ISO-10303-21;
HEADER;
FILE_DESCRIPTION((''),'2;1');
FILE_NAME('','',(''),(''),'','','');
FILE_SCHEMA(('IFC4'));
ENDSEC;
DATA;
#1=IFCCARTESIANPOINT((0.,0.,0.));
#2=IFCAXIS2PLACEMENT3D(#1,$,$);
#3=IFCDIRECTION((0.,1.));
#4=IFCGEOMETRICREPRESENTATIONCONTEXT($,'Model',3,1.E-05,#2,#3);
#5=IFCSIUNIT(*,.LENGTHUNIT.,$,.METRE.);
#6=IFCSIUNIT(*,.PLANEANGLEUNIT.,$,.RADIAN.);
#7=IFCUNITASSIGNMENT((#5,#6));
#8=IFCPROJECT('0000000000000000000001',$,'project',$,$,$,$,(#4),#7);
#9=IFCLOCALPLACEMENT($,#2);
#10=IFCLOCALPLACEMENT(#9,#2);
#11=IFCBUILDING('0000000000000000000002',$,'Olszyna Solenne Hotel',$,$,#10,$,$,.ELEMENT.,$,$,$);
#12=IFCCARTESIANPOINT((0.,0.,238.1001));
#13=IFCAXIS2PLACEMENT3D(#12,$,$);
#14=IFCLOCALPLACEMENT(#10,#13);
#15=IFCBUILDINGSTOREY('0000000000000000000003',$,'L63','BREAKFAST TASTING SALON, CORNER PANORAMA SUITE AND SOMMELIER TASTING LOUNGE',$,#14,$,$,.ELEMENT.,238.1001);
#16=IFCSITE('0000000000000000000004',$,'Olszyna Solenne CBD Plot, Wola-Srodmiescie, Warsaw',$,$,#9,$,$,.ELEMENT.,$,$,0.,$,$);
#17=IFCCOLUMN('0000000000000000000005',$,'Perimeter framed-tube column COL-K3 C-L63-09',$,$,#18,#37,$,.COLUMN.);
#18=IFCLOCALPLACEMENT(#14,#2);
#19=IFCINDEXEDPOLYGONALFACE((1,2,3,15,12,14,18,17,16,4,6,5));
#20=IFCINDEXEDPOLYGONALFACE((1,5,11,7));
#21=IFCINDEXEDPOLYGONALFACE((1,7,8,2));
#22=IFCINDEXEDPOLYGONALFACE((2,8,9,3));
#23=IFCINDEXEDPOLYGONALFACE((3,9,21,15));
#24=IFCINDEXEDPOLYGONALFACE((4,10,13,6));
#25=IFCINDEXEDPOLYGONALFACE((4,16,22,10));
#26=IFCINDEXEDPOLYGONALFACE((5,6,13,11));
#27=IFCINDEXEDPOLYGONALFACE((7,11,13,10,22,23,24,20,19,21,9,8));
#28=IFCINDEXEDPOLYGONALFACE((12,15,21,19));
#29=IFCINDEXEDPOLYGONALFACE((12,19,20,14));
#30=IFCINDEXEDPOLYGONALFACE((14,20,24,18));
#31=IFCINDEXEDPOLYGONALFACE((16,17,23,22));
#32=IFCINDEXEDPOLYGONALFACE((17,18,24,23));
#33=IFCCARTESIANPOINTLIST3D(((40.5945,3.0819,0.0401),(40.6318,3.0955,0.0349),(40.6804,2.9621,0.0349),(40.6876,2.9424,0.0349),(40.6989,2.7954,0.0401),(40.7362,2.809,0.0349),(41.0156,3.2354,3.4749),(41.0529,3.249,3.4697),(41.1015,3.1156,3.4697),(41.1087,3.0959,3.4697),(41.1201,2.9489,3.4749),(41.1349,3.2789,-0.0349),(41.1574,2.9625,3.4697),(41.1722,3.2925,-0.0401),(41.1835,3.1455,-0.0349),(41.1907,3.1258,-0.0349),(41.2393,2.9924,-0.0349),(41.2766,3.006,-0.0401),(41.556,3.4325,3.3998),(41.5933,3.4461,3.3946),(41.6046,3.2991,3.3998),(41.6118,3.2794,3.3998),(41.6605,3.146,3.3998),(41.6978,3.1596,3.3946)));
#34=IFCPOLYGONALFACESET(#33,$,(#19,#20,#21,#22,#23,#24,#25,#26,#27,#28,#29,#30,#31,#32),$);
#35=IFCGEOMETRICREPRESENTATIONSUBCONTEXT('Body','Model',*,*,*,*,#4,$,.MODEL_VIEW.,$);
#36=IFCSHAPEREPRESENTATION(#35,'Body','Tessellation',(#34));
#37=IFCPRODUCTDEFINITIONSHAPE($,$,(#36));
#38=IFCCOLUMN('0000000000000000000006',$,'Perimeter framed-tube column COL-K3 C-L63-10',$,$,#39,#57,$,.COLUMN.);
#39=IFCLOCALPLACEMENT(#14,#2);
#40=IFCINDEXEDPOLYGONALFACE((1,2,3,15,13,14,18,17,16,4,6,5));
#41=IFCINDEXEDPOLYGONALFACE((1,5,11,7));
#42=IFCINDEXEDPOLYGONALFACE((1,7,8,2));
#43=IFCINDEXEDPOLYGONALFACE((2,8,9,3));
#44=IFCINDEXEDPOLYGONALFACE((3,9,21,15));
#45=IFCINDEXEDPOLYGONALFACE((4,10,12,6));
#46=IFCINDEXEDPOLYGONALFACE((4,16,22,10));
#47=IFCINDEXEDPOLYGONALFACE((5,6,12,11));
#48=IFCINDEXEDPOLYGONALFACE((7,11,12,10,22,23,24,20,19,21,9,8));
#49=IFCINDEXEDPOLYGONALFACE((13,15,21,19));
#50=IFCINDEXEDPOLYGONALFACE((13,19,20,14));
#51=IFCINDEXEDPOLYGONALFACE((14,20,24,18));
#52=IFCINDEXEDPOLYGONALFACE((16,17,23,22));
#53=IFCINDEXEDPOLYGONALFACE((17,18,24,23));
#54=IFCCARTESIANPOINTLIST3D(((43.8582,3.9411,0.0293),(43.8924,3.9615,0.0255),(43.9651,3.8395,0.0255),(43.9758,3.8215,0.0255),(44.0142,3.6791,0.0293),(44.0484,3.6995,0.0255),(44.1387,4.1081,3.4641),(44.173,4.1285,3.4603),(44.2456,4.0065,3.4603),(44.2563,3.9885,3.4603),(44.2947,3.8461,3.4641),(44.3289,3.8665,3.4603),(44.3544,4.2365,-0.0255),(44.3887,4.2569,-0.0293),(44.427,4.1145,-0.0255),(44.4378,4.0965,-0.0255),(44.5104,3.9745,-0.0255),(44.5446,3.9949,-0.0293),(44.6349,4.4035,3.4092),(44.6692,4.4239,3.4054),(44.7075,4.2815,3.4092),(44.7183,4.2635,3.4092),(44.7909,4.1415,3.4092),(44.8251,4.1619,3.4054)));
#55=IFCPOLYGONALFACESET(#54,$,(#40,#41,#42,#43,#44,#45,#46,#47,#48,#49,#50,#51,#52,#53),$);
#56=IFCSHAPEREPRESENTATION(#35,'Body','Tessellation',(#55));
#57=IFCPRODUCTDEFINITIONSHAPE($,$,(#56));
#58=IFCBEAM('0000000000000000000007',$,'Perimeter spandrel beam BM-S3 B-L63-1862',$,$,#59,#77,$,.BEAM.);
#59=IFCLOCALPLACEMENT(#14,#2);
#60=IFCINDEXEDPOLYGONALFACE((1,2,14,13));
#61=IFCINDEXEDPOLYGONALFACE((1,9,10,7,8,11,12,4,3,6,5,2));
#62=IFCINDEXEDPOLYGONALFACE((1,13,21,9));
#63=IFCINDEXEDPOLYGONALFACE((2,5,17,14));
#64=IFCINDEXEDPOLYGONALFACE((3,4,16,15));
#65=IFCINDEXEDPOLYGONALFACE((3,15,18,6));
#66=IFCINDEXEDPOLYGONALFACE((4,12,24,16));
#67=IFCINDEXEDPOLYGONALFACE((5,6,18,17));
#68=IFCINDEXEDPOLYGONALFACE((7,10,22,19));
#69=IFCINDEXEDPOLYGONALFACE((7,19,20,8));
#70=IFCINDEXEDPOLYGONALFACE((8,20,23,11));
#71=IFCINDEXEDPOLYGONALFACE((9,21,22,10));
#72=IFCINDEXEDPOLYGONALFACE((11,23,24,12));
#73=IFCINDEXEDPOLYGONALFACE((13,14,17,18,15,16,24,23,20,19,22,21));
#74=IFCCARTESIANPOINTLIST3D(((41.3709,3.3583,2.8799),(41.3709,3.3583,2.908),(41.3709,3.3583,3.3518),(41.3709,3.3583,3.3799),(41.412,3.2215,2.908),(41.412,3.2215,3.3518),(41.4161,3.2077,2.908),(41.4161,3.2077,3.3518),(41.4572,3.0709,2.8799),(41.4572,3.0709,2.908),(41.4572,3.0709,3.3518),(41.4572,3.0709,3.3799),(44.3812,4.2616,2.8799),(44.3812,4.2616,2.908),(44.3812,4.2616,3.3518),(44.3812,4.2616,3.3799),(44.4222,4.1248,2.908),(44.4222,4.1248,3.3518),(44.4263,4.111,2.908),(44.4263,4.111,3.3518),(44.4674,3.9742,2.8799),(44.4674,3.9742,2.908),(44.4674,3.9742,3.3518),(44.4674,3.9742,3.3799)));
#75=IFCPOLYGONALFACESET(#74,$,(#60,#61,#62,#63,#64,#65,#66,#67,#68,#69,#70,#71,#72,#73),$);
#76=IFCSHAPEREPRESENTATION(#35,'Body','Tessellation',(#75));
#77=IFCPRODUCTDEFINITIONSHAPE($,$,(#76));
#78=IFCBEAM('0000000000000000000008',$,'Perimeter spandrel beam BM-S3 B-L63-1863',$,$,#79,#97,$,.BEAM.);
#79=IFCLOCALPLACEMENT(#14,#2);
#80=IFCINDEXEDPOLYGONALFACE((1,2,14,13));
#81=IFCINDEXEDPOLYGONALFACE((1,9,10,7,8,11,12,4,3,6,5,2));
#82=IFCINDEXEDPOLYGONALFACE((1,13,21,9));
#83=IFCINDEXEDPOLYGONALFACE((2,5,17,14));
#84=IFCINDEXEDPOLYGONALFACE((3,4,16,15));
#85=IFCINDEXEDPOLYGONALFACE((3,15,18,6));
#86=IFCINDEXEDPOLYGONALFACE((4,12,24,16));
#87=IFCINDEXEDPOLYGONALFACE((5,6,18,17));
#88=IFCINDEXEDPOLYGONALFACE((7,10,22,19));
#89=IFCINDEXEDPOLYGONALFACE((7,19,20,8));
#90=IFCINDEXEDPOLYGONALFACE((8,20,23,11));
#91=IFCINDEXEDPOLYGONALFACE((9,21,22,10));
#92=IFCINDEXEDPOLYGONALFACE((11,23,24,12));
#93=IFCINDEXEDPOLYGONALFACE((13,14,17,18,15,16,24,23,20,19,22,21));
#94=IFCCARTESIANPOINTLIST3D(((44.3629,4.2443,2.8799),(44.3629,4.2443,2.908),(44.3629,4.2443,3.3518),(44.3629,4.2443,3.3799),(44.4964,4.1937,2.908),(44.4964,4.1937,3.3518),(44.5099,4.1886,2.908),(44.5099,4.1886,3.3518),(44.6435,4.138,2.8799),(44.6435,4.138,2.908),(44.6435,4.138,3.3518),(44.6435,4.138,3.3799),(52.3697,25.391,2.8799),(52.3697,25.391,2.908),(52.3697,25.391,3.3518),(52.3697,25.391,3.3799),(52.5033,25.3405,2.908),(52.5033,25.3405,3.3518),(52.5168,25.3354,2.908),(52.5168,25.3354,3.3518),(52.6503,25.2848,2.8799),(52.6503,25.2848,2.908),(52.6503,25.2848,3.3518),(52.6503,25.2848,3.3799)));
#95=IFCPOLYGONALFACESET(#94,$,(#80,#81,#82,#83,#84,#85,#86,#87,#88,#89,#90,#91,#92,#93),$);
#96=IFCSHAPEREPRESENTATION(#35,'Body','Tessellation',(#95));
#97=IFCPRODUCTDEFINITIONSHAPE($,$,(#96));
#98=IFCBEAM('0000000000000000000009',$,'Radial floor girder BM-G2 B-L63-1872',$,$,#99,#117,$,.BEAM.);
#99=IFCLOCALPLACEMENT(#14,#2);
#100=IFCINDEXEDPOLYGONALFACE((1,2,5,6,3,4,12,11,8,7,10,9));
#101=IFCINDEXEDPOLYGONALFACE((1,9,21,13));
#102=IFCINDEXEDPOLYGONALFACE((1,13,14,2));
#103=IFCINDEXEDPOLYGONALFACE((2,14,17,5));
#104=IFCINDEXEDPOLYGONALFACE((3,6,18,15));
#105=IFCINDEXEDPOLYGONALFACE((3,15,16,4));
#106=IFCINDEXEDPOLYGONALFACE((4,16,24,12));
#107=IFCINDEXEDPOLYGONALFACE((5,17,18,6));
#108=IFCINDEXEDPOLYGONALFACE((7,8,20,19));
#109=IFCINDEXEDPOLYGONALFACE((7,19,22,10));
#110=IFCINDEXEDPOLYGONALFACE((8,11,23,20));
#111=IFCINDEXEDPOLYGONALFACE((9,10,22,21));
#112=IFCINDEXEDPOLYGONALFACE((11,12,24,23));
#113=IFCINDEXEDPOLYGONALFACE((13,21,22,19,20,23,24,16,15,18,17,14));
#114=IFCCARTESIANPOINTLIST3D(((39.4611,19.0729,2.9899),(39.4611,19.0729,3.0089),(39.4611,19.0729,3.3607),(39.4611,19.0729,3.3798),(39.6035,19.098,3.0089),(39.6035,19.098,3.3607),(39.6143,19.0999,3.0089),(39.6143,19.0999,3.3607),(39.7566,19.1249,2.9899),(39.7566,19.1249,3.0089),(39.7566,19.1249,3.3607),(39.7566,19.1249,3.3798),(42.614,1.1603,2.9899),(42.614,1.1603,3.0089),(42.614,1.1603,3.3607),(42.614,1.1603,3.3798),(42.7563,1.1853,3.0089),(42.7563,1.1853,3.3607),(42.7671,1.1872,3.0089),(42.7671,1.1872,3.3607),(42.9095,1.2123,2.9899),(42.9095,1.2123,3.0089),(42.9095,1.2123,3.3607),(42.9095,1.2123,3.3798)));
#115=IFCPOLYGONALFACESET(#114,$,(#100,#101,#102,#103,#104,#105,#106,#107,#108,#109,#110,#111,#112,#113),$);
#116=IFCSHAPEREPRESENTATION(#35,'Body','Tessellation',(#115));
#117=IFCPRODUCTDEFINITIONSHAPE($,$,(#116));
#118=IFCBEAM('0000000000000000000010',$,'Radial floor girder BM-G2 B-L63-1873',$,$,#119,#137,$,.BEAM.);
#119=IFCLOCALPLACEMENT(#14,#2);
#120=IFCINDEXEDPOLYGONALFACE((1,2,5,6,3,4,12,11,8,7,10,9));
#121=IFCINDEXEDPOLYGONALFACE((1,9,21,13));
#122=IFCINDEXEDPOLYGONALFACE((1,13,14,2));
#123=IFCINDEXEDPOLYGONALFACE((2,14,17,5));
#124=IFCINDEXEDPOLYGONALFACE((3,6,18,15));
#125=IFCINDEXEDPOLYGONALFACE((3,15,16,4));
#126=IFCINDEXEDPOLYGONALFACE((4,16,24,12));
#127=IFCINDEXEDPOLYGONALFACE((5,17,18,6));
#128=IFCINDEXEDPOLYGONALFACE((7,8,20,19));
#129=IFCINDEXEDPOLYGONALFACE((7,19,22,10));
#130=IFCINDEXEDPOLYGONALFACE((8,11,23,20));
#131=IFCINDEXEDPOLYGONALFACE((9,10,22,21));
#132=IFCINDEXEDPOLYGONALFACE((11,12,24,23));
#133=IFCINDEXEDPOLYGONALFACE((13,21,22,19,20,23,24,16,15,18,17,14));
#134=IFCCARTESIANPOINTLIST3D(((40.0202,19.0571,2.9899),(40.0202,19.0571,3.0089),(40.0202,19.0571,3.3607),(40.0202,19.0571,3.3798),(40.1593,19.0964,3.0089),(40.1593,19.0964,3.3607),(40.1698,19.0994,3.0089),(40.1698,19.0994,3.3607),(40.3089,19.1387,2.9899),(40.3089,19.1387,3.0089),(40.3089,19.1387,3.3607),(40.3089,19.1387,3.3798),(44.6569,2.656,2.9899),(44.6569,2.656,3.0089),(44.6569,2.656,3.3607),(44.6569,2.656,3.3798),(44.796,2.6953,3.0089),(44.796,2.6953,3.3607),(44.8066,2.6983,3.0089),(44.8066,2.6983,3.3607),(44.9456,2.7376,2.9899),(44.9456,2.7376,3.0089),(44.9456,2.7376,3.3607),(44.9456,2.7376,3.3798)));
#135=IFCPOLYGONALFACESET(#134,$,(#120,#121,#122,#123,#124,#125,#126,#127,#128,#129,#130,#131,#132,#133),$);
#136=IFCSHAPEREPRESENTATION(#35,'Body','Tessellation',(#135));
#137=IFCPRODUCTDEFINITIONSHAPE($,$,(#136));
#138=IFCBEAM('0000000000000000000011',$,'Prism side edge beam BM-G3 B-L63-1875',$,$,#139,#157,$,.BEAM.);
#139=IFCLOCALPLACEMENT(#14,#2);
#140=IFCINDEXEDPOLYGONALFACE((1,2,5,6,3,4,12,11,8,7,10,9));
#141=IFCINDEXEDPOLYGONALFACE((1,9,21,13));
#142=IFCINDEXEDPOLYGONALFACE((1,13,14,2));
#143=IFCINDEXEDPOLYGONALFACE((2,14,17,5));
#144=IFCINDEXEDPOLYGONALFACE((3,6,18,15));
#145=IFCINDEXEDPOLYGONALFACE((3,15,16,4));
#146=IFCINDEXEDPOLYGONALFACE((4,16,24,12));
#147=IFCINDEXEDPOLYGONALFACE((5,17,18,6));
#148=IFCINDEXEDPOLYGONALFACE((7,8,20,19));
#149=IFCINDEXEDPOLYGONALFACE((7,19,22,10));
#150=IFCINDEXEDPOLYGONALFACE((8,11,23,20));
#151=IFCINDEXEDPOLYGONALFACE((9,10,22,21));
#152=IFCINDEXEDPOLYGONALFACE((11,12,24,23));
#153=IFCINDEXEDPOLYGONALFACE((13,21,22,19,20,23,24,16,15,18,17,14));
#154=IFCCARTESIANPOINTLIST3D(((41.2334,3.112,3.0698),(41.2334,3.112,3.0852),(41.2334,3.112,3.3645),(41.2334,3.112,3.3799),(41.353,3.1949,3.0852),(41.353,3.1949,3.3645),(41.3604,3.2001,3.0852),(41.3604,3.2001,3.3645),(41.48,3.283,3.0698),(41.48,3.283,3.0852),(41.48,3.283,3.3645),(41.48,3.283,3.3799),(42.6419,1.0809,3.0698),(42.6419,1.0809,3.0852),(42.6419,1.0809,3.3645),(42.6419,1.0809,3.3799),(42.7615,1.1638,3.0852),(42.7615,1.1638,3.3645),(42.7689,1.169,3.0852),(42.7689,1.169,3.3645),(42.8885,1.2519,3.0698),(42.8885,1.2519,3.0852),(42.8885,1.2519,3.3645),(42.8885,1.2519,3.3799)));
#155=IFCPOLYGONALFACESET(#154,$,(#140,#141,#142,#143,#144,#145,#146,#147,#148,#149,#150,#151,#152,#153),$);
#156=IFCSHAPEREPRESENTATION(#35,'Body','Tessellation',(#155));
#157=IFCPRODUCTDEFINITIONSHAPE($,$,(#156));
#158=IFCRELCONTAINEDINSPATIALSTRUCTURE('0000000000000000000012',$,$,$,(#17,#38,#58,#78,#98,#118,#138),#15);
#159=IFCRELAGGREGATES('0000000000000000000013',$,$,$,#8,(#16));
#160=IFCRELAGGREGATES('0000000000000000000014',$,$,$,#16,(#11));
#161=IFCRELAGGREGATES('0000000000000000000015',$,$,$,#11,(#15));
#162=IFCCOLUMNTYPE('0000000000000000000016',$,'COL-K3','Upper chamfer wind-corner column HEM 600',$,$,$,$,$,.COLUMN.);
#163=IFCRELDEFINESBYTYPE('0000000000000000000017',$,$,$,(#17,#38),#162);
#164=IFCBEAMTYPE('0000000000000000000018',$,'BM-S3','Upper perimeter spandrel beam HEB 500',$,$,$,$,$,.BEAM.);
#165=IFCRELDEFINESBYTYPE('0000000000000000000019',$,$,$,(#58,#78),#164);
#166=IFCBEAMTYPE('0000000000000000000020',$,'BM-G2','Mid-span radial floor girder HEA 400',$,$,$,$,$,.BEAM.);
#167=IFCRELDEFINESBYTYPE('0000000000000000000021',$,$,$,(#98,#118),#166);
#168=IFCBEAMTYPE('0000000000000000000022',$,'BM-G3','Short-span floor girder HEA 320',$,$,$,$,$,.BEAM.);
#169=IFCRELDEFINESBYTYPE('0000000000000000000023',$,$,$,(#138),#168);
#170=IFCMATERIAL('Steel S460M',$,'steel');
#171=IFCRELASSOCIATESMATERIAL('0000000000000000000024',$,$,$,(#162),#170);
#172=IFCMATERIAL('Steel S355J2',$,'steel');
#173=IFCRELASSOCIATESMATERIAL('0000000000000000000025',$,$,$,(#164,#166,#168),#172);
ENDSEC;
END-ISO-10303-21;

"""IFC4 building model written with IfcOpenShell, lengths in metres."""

from ifc_helpers import new_model, si_unit, direction, frame, origin, origin_2d, place, context, subcontext, project, spatial, i_section, extrude, source, transform, mapped, material, material_profile, profile_set, type_object, element, save


model = new_model("IFC4")

# Units and contexts
model_context = context("Model", 3, precision=1e-05, world=origin(), true_north=direction((0.0, 1.0)))
body_context = subcontext(model_context, "Body", "Model", "MODEL_VIEW")
ifc_project = project(units=[si_unit("LENGTHUNIT", "METRE"), si_unit("PLANEANGLEUNIT", "RADIAN")], contexts=[model_context])

# Site, building, storey
site_placement = place(None, origin())
site = spatial("IfcSite", under=ifc_project, at=site_placement, Name="Olszyna Solenne CBD Plot, Wola-Srodmiescie, Warsaw", CompositionType="ELEMENT", RefElevation=0.0)
building_placement = place(site_placement, origin())
building = spatial("IfcBuilding", under=site, at=building_placement, Name="Olszyna Solenne Hotel", CompositionType="ELEMENT")
storey_placement = place(building_placement, frame((0.0, 0.0, 238.1001)))
storey = spatial("IfcBuildingStorey", under=building, at=storey_placement, Name="L63", Description="BREAKFAST TASTING SALON, CORNER PANORAMA SUITE AND SOMMELIER TASTING LOUNGE", CompositionType="ELEMENT", Elevation=238.1001)

# Columns
ifc_material_1 = material(Name="Steel S460M", Category="steel")
ifc_material_profile_1 = material_profile(ifc_material_1, i_section(OverallWidth=0.3049, OverallDepth=0.6201, WebThickness=0.021, FlangeThickness=0.04, at=origin_2d()), Name="HEM 600", Category="load-bearing")
ifc_profile_set_1 = profile_set([ifc_material_profile_1], Name="Steel S460M")
column_type = type_object("IfcColumnType", Name="COL-K3", Description="Upper chamfer wind-corner column HEM 600", PredefinedType="COLUMN", material=ifc_profile_set_1)
shared_shape_1 = source(origin(), body_context, "Body", "SweptSolid", [
    extrude(i_section(OverallWidth=0.3049, OverallDepth=0.6201, WebThickness=0.021, FlangeThickness=0.04, at=origin_2d()), origin(), (0.0, 0.0, 1.0), 3.4639),
])
column_1_placement = place(storey_placement, frame((40.9355, 3.0439, 0.0), z_axis=(0.121579, 0.044332, 0.991591), x_axis=(-0.342574, 0.939491, 0.0)))
element("IfcColumn", 1, at=column_1_placement, inside=storey, type_object=column_type, Name="Perimeter framed-tube column COL-K3 C-L63-09", PredefinedType="COLUMN", context=body_context, shape_type="MappedRepresentation", body=[
    mapped(shared_shape_1, transform((0.0, 0.0, 0.0), x_axis=(1.0, 0.0, 0.0), y_axis=(0.0, 1.0, 0.0), z_axis=(0.0, 0.0, 1.0), scale=1.0)),
])
shared_shape_2 = source(origin(), body_context, "Body", "SweptSolid", [
    extrude(i_section(OverallWidth=0.3049, OverallDepth=0.6201, WebThickness=0.021, FlangeThickness=0.04, at=origin_2d()), origin(), (0.0, 0.0, 1.0), 3.4502),
])
column_2_placement = place(storey_placement, frame((44.2014, 3.968, 0.0), z_axis=(0.081303, 0.048399, 0.995514), x_axis=(-0.511523, 0.859269, 0.0)))
element("IfcColumn", 2, at=column_2_placement, inside=storey, type_object=column_type, Name="Perimeter framed-tube column COL-K3 C-L63-10", PredefinedType="COLUMN", context=body_context, shape_type="MappedRepresentation", body=[
    mapped(shared_shape_2, transform((0.0, 0.0, 0.0), x_axis=(1.0, 0.0, 0.0), y_axis=(0.0, 1.0, 0.0), z_axis=(0.0, 0.0, 1.0), scale=1.0)),
])

# Beams
ifc_material_2 = material(Name="Steel S355J2", Category="steel")
ifc_material_profile_2 = material_profile(ifc_material_2, i_section(OverallWidth=0.3, OverallDepth=0.5, WebThickness=0.0144, FlangeThickness=0.0281, at=origin_2d()), Name="HEB 500", Category="load-bearing")
ifc_profile_set_2 = profile_set([ifc_material_profile_2], Name="Steel S355J2")
beam_type_1 = type_object("IfcBeamType", Name="BM-S3", Description="Upper perimeter spandrel beam HEB 500", PredefinedType="BEAM", material=ifc_profile_set_2)
shared_shape_3 = source(origin(), body_context, "Body", "SweptSolid", [
    extrude(i_section(OverallWidth=0.3, OverallDepth=0.5, WebThickness=0.0144, FlangeThickness=0.0281, at=origin_2d()), origin(), (0.0, 0.0, 1.0), 3.1428),
])
beam_1_placement = place(storey_placement, frame((41.4141, 3.2146, 3.1299), z_axis=(0.957805, 0.287419, 0.0), x_axis=(-0.287419, 0.957805, 0.0)))
element("IfcBeam", 3, at=beam_1_placement, inside=storey, type_object=beam_type_1, Name="Perimeter spandrel beam BM-S3 B-L63-1862", PredefinedType="BEAM", context=body_context, shape_type="MappedRepresentation", body=[
    mapped(shared_shape_3, transform((0.0, 0.0, 0.0), x_axis=(1.0, 0.0, 0.0), y_axis=(0.0, 1.0, 0.0), z_axis=(0.0, 0.0, 1.0), scale=1.0)),
])
shared_shape_4 = source(origin(), body_context, "Body", "SweptSolid", [
    extrude(i_section(OverallWidth=0.3, OverallDepth=0.5, WebThickness=0.0144, FlangeThickness=0.0281, at=origin_2d()), origin(), (0.0, 0.0, 1.0), 22.6118),
])
beam_2_placement = place(storey_placement, frame((44.5032, 4.1912, 3.1299), z_axis=(0.3541, 0.935208, 0.0), x_axis=(-0.935208, 0.3541, 0.0)))
element("IfcBeam", 4, at=beam_2_placement, inside=storey, type_object=beam_type_1, Name="Perimeter spandrel beam BM-S3 B-L63-1863", PredefinedType="BEAM", context=body_context, shape_type="MappedRepresentation", body=[
    mapped(shared_shape_4, transform((0.0, 0.0, 0.0), x_axis=(1.0, 0.0, 0.0), y_axis=(0.0, 1.0, 0.0), z_axis=(0.0, 0.0, 1.0), scale=1.0)),
])
ifc_material_profile_3 = material_profile(ifc_material_2, i_section(OverallWidth=0.3, OverallDepth=0.3899, WebThickness=0.011, FlangeThickness=0.019, at=origin_2d()), Name="HEA 400", Category="load-bearing")
ifc_profile_set_3 = profile_set([ifc_material_profile_3], Name="Steel S355J2")
beam_type_2 = type_object("IfcBeamType", Name="BM-G2", Description="Mid-span radial floor girder HEA 400", PredefinedType="BEAM", material=ifc_profile_set_3)
shared_shape_5 = source(origin(), body_context, "Body", "SweptSolid", [
    extrude(i_section(OverallWidth=0.3, OverallDepth=0.3899, WebThickness=0.011, FlangeThickness=0.019, at=origin_2d()), origin(), (0.0, 0.0, 1.0), 18.188),
])
beam_3_placement = place(storey_placement, frame((42.7617, 1.1863, 3.1848), z_axis=(-0.173347, 0.984861, 0.0), x_axis=(-0.984861, -0.173347, 0.0)))
element("IfcBeam", 5, at=beam_3_placement, inside=storey, type_object=beam_type_2, Name="Radial floor girder BM-G2 B-L63-1872", PredefinedType="BEAM", context=body_context, shape_type="MappedRepresentation", body=[
    mapped(shared_shape_5, transform((0.0, 0.0, 0.0), x_axis=(1.0, 0.0, 0.0), y_axis=(0.0, 1.0, 0.0), z_axis=(0.0, 0.0, 1.0), scale=1.0)),
])
shared_shape_6 = source(origin(), body_context, "Body", "SweptSolid", [
    extrude(i_section(OverallWidth=0.3, OverallDepth=0.3899, WebThickness=0.011, FlangeThickness=0.019, at=origin_2d()), origin(), (0.0, 0.0, 1.0), 17.0439),
])
beam_4_placement = place(storey_placement, frame((44.8013, 2.6968, 3.1848), z_axis=(-0.272045, 0.962285, 0.0), x_axis=(-0.962285, -0.272045, 0.0)))
element("IfcBeam", 6, at=beam_4_placement, inside=storey, type_object=beam_type_2, Name="Radial floor girder BM-G2 B-L63-1873", PredefinedType="BEAM", context=body_context, shape_type="MappedRepresentation", body=[
    mapped(shared_shape_6, transform((0.0, 0.0, 0.0), x_axis=(1.0, 0.0, 0.0), y_axis=(0.0, 1.0, 0.0), z_axis=(0.0, 0.0, 1.0), scale=1.0)),
])
ifc_material_profile_4 = material_profile(ifc_material_2, i_section(OverallWidth=0.3, OverallDepth=0.3101, WebThickness=0.009, FlangeThickness=0.0154, at=origin_2d()), Name="HEA 320", Category="load-bearing")
ifc_profile_set_4 = profile_set([ifc_material_profile_4], Name="Steel S355J2")
beam_type_3 = type_object("IfcBeamType", Name="BM-G3", Description="Short-span floor girder HEA 320", PredefinedType="BEAM", material=ifc_profile_set_4)
shared_shape_7 = source(origin(), body_context, "Body", "SweptSolid", [
    extrude(i_section(OverallWidth=0.3, OverallDepth=0.3101, WebThickness=0.009, FlangeThickness=0.0154, at=origin_2d()), origin(), (0.0, 0.0, 1.0), 2.4717),
])
beam_5_placement = place(storey_placement, frame((41.3567, 3.1975, 3.2249), z_axis=(0.569857, -0.821744, 0.0), x_axis=(0.821744, 0.569857, 0.0)))
element("IfcBeam", 7, at=beam_5_placement, inside=storey, type_object=beam_type_3, Name="Prism side edge beam BM-G3 B-L63-1875", PredefinedType="BEAM", context=body_context, shape_type="MappedRepresentation", body=[
    mapped(shared_shape_7, transform((0.0, 0.0, 0.0), x_axis=(1.0, 0.0, 0.0), y_axis=(0.0, 1.0, 0.0), z_axis=(0.0, 0.0, 1.0), scale=1.0)),
])

save(model, "model.ifc")
